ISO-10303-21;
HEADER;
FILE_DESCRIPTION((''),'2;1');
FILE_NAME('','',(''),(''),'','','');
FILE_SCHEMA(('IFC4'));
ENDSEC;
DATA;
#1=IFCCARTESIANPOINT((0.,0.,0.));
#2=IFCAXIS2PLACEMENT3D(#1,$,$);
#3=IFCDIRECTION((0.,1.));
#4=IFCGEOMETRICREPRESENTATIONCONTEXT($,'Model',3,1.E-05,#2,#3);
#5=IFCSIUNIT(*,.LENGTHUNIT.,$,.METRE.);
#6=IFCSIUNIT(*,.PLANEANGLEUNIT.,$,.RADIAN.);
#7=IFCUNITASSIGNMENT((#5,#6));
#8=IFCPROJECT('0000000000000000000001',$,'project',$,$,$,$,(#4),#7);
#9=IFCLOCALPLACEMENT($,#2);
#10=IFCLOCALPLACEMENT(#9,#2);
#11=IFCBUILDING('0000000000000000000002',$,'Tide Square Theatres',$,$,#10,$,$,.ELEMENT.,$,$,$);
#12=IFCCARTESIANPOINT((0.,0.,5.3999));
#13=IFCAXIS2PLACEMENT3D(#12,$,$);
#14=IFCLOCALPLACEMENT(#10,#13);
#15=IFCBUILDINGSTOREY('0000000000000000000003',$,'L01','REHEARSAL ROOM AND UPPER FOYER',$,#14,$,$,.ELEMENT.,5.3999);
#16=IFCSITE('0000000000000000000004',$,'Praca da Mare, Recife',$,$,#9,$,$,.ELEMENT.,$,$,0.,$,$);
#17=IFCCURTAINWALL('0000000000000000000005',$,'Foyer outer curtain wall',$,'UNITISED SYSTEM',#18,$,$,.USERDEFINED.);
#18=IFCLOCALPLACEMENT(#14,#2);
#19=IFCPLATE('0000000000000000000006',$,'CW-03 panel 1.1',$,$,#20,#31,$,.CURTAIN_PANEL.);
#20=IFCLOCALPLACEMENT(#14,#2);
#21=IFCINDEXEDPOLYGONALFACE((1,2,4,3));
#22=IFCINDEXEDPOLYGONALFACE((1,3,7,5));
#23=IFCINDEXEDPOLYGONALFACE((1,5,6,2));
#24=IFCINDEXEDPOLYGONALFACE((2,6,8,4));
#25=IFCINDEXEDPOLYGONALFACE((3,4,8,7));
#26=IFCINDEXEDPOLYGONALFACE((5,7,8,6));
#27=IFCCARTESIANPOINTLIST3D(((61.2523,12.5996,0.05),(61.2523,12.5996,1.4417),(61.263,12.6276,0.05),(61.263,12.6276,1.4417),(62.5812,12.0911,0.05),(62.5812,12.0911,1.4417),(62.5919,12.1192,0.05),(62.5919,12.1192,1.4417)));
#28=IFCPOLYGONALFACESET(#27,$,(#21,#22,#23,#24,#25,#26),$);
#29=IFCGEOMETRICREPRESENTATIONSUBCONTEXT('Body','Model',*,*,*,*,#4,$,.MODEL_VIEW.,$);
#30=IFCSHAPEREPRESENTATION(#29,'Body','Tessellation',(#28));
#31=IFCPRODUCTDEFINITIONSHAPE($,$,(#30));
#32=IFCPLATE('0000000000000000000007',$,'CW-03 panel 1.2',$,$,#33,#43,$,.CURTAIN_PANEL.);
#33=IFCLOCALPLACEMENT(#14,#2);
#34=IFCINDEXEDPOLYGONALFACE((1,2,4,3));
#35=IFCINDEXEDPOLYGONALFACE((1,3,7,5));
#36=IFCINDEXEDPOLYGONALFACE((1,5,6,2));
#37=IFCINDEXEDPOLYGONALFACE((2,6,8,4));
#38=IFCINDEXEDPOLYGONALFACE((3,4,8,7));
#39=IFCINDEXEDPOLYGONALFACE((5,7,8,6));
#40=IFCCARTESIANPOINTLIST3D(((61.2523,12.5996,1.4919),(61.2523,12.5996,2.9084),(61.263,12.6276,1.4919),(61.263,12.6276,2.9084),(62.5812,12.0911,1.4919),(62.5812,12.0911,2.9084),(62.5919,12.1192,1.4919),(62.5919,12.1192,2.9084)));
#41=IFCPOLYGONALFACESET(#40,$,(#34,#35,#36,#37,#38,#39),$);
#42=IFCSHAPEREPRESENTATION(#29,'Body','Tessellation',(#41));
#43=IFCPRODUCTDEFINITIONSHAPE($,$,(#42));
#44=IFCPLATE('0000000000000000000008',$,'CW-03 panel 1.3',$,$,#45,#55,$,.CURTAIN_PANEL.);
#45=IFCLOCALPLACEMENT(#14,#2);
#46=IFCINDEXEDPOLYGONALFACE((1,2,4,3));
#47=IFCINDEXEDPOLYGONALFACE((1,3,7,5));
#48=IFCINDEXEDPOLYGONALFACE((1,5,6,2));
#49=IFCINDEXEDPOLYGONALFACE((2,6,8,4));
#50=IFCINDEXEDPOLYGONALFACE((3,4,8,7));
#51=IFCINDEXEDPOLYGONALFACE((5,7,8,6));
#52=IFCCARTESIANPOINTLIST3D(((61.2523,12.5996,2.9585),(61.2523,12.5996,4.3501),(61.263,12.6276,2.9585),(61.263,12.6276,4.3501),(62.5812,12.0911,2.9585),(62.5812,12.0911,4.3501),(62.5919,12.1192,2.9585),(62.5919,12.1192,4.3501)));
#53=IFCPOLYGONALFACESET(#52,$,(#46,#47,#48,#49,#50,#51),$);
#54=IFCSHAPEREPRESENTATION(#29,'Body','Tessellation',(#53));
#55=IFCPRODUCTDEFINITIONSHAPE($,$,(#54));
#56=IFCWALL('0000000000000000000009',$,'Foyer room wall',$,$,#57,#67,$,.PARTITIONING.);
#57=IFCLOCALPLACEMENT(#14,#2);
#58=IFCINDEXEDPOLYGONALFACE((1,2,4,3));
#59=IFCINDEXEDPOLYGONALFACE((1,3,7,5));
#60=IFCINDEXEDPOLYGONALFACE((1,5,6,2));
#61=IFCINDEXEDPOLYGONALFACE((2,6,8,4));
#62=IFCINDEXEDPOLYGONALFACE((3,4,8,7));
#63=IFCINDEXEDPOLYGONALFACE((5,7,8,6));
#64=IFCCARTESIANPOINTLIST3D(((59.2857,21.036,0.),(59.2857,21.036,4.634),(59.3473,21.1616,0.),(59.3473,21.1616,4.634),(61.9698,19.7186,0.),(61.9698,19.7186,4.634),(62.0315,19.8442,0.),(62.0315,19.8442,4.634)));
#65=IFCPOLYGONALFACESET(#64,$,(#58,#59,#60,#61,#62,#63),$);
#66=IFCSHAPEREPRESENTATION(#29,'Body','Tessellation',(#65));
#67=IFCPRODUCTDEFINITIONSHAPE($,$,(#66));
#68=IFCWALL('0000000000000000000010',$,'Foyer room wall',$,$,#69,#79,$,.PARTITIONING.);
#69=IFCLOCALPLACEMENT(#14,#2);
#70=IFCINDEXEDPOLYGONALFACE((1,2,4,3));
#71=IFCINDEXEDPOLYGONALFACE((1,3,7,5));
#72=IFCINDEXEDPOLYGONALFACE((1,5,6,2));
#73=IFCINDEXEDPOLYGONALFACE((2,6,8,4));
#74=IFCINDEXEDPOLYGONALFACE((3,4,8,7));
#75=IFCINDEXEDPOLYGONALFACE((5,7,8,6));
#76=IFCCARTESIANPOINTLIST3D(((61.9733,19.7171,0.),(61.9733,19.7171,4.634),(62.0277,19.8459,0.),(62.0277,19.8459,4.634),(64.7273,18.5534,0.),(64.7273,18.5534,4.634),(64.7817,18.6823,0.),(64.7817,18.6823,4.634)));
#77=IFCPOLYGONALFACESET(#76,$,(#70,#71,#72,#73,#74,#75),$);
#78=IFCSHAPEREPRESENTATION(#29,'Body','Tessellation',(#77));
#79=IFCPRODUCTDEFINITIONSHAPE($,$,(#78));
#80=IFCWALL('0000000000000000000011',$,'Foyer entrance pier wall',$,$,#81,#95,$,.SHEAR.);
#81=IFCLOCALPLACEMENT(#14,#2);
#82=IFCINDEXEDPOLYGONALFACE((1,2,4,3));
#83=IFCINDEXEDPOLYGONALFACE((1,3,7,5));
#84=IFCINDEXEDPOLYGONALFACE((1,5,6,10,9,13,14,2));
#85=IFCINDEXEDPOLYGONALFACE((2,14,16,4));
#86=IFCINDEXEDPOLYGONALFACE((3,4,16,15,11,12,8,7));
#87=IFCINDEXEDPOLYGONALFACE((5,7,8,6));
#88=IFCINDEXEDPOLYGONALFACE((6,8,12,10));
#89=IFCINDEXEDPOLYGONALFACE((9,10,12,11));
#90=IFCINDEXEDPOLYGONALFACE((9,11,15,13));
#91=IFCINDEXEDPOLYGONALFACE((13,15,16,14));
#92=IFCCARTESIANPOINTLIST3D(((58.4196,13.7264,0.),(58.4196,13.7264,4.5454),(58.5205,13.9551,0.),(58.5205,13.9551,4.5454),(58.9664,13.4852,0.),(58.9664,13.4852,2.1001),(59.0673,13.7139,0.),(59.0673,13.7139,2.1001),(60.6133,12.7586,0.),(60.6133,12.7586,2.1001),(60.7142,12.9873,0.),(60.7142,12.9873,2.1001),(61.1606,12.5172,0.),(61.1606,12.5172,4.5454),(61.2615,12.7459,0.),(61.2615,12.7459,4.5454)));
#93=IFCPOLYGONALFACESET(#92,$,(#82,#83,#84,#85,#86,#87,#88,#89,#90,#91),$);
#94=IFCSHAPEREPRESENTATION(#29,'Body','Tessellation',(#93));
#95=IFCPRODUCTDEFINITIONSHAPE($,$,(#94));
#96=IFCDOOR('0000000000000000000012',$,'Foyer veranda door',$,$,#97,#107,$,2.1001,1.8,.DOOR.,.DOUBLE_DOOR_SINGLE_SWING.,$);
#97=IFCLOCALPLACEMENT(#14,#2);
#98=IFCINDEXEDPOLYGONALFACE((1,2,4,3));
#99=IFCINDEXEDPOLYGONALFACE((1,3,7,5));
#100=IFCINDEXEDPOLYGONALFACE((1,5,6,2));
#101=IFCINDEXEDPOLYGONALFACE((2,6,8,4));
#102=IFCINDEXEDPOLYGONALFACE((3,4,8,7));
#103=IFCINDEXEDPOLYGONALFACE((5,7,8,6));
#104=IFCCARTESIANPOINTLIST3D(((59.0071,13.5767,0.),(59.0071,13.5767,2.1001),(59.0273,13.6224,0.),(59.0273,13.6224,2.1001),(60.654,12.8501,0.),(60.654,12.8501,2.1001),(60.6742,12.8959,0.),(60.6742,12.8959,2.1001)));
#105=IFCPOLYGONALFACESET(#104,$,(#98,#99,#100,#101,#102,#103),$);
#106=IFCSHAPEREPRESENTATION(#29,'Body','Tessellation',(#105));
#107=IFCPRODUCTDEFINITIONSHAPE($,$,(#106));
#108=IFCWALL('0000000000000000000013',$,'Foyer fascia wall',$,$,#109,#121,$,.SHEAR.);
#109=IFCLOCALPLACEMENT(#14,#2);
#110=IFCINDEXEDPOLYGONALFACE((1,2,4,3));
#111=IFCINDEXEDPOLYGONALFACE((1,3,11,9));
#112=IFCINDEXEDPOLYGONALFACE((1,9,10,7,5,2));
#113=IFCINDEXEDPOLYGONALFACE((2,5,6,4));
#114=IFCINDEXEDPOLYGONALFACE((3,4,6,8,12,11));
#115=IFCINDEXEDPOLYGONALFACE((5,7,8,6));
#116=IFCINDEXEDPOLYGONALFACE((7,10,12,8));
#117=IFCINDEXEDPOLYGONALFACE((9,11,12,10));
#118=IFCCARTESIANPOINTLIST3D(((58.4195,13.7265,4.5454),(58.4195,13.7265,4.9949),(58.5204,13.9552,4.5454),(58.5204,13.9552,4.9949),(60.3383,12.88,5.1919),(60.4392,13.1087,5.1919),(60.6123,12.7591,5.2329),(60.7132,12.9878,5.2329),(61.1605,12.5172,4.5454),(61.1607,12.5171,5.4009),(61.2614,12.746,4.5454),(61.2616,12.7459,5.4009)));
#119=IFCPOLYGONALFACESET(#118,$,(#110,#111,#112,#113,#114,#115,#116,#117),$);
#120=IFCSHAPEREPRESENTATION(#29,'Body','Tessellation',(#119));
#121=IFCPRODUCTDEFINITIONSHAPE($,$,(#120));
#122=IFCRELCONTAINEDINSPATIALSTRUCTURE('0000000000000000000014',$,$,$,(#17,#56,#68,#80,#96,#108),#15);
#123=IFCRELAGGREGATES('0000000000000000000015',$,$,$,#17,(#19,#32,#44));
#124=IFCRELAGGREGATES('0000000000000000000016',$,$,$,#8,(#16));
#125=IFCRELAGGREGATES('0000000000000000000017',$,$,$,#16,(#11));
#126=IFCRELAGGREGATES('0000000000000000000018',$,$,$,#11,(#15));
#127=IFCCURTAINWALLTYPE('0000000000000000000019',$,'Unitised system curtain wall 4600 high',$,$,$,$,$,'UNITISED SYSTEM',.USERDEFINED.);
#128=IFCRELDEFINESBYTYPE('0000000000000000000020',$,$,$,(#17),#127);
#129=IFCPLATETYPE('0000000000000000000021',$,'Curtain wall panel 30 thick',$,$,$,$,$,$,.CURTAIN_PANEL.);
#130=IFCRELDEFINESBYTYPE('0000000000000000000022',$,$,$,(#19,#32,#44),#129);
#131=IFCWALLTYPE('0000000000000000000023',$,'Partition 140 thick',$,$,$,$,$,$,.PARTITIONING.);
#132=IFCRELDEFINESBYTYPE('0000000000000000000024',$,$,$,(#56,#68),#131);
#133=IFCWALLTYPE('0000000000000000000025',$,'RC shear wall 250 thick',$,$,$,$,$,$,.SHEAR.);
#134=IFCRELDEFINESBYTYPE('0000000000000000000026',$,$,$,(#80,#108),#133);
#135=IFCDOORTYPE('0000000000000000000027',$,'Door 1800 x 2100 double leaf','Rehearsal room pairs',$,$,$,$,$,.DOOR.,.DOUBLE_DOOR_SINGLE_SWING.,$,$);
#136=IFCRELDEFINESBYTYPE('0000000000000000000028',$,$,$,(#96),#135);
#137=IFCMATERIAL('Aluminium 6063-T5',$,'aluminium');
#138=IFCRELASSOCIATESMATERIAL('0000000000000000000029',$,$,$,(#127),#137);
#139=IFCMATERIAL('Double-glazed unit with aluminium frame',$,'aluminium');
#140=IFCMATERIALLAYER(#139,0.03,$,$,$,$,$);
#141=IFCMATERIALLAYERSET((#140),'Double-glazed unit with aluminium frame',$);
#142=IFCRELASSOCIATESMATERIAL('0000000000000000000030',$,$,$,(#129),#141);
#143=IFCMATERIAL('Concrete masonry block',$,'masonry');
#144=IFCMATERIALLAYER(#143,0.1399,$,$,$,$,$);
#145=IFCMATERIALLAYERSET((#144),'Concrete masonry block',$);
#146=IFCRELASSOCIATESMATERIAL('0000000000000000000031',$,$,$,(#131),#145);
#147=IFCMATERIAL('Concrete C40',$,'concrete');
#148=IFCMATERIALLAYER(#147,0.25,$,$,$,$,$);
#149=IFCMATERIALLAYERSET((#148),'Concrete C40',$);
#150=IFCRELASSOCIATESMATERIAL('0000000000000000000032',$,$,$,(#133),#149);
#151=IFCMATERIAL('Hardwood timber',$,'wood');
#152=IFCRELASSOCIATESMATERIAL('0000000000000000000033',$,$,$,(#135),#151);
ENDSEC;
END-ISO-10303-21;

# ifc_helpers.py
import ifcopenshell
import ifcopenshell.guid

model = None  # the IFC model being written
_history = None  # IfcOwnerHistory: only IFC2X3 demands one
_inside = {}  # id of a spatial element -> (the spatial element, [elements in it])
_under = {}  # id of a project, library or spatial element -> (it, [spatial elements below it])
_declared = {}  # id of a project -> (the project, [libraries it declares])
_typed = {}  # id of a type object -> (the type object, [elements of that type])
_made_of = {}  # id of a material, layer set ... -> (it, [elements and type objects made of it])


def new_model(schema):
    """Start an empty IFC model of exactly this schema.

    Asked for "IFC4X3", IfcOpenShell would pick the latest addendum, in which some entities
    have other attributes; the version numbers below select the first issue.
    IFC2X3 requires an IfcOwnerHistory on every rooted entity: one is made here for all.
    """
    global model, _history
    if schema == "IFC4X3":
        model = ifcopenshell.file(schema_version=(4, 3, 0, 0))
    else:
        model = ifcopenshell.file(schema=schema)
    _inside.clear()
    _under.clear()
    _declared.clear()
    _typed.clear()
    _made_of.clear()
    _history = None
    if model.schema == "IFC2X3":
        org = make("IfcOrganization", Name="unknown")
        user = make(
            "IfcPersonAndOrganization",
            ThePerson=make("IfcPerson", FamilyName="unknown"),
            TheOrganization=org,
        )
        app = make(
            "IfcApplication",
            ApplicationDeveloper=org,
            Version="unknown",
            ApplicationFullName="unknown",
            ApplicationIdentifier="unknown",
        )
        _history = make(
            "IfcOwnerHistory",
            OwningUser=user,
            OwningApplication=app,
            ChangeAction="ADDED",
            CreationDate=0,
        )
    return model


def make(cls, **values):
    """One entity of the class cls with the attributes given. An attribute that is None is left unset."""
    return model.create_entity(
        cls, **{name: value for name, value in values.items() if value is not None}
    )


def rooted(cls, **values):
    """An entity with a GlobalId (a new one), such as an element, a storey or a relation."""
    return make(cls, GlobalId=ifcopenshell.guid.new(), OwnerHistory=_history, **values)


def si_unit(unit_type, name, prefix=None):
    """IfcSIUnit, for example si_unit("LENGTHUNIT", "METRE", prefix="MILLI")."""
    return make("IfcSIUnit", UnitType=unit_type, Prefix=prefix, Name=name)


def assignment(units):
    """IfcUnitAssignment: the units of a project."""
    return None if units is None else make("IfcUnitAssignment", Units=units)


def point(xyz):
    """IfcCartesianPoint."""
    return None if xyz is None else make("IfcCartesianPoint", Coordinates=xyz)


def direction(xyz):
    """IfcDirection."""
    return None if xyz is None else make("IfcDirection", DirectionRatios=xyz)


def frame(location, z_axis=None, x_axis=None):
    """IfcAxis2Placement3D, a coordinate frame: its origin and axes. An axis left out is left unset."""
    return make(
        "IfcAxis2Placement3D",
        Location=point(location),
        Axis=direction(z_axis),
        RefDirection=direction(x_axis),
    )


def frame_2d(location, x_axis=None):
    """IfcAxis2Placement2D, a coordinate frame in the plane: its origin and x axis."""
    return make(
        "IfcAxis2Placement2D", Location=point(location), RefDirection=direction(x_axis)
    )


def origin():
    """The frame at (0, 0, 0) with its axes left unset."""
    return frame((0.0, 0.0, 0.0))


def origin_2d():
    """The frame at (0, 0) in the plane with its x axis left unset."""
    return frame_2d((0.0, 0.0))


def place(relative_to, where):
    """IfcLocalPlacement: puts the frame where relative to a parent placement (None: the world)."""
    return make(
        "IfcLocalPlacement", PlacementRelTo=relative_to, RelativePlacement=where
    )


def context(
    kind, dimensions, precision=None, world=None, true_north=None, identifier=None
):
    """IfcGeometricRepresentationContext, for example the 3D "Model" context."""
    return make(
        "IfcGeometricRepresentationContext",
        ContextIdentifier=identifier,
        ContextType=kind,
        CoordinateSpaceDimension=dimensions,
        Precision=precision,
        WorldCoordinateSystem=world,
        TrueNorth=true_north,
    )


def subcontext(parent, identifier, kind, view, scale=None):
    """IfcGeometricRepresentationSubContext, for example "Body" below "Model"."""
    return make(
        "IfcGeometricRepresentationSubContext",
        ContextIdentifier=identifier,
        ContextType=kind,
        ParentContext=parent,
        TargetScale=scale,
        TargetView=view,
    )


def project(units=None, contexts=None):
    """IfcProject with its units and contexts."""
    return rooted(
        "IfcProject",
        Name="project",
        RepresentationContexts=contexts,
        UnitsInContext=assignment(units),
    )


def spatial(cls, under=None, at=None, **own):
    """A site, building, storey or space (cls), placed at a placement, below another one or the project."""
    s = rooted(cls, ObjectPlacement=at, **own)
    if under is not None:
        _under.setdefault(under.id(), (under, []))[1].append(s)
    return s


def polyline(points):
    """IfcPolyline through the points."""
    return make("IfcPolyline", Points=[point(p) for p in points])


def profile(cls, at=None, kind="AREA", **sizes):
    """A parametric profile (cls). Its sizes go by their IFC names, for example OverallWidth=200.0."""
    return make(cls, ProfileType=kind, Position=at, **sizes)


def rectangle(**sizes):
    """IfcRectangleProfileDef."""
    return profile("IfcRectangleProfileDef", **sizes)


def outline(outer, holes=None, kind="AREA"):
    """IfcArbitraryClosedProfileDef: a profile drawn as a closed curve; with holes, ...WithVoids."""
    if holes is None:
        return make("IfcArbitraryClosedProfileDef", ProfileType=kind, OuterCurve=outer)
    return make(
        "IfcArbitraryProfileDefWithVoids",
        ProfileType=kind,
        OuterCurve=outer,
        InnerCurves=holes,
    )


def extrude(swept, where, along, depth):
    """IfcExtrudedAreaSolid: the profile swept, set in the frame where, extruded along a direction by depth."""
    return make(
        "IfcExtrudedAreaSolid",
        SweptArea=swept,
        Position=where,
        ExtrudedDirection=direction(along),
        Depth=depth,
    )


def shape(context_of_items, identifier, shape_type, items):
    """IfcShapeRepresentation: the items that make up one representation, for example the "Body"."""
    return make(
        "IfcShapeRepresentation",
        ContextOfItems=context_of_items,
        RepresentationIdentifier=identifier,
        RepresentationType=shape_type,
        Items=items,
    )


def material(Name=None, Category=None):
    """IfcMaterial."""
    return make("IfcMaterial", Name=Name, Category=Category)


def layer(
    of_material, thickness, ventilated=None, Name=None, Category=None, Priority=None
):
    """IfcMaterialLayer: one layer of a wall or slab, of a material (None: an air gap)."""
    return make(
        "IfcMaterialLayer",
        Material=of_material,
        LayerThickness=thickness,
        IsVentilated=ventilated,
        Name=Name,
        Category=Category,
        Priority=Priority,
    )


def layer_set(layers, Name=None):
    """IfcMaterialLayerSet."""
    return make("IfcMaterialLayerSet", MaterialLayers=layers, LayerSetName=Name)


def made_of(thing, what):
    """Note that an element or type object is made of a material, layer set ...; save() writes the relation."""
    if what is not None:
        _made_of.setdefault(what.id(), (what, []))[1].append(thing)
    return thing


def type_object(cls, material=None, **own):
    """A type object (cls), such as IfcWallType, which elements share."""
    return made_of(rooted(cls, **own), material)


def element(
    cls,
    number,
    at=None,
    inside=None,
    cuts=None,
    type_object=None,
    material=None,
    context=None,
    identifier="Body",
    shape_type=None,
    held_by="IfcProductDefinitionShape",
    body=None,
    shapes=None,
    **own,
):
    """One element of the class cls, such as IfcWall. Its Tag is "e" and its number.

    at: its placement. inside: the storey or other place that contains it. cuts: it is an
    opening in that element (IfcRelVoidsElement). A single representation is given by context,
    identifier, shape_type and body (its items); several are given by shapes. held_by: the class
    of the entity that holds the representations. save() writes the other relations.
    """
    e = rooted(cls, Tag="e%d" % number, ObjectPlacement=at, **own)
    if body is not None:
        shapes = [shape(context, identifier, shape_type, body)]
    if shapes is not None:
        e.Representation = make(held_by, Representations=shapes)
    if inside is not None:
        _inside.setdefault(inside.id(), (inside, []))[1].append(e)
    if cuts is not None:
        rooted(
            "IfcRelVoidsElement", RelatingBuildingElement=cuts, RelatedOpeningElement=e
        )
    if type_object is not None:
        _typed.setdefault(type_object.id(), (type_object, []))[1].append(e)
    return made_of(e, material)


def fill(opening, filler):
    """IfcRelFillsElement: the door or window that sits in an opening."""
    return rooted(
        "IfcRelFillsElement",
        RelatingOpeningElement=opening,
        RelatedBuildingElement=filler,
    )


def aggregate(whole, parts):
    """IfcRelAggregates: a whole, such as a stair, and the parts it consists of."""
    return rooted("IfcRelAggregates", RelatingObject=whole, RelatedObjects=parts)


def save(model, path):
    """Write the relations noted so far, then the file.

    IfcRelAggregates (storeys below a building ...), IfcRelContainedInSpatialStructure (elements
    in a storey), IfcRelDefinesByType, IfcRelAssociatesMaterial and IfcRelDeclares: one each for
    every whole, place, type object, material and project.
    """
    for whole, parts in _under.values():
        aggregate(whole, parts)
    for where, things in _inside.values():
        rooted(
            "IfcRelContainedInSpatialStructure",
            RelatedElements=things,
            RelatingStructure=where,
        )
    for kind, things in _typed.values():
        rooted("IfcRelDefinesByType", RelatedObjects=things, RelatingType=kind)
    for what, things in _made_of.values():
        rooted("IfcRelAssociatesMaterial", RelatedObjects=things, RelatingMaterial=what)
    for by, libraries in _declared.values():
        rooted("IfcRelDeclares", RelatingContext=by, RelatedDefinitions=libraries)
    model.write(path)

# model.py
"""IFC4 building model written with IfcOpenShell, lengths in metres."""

from ifc_helpers import new_model, si_unit, direction, frame, frame_2d, origin, origin_2d, place, context, subcontext, project, spatial, polyline, rectangle, outline, extrude, material, layer, layer_set, type_object, element, fill, aggregate, save


model = new_model("IFC4")

# Units and contexts
model_context = context("Model", 3, precision=1e-05, world=origin(), true_north=direction((0.0, 1.0)))
body_context = subcontext(model_context, "Body", "Model", "MODEL_VIEW")
ifc_project = project(units=[si_unit("LENGTHUNIT", "METRE"), si_unit("PLANEANGLEUNIT", "RADIAN")], contexts=[model_context])

# Site, building, storey
site_placement = place(None, origin())
site = spatial("IfcSite", under=ifc_project, at=site_placement, Name="Praca da Mare, Recife", CompositionType="ELEMENT", RefElevation=0.0)
building_placement = place(site_placement, origin())
building = spatial("IfcBuilding", under=site, at=building_placement, Name="Tide Square Theatres", CompositionType="ELEMENT")
storey_placement = place(building_placement, frame((0.0, 0.0, 5.3999)))
storey = spatial("IfcBuildingStorey", under=building, at=storey_placement, Name="L01", Description="REHEARSAL ROOM AND UPPER FOYER", CompositionType="ELEMENT", Elevation=5.3999)

# Curtain wall
ifc_material_1 = material(Name="Aluminium 6063-T5", Category="aluminium")
curtain_wall_type_1 = type_object("IfcCurtainWallType", Name="Unitised system curtain wall 4600 high", ElementType="UNITISED SYSTEM", PredefinedType="USERDEFINED", material=ifc_material_1)
curtain_wall_1_placement = place(storey_placement, origin())
curtain_wall_1 = element("IfcCurtainWall", 1, at=curtain_wall_1_placement, inside=storey, type_object=curtain_wall_type_1, Name="Foyer outer curtain wall", ObjectType="UNITISED SYSTEM", PredefinedType="USERDEFINED")

# Plates
ifc_material_2 = material(Name="Double-glazed unit with aluminium frame", Category="aluminium")
ifc_layer_1 = layer(ifc_material_2, 0.03)
ifc_layer_set_1 = layer_set([ifc_layer_1], Name="Double-glazed unit with aluminium frame")
plate_type = type_object("IfcPlateType", Name="Curtain wall panel 30 thick", PredefinedType="CURTAIN_PANEL", material=ifc_layer_set_1)
plate_1_placement = place(storey_placement, frame((61.9221, 12.3594, 0.05), z_axis=(0.0, 0.0, 1.0), x_axis=(0.93397, -0.357352, 0.0)))
plate_1 = element("IfcPlate", 2, at=plate_1_placement, type_object=plate_type, Name="CW-03 panel 1.1", PredefinedType="CURTAIN_PANEL", context=body_context, shape_type="SweptSolid", body=[
    extrude(rectangle(XDim=1.4229, YDim=0.03, at=origin_2d()), origin(), (0.0, 0.0, 1.0), 1.3916),
])
plate_2_placement = place(storey_placement, frame((61.9221, 12.3594, 1.4919), z_axis=(0.0, 0.0, 1.0), x_axis=(0.93397, -0.357352, 0.0)))
plate_2 = element("IfcPlate", 3, at=plate_2_placement, type_object=plate_type, Name="CW-03 panel 1.2", PredefinedType="CURTAIN_PANEL", context=body_context, shape_type="SweptSolid", body=[
    extrude(rectangle(XDim=1.4229, YDim=0.03, at=origin_2d()), origin(), (0.0, 0.0, 1.0), 1.4165),
])
plate_3_placement = place(storey_placement, frame((61.9221, 12.3594, 2.9585), z_axis=(0.0, 0.0, 1.0), x_axis=(0.93397, -0.357352, 0.0)))
plate_3 = element("IfcPlate", 4, at=plate_3_placement, type_object=plate_type, Name="CW-03 panel 1.3", PredefinedType="CURTAIN_PANEL", context=body_context, shape_type="SweptSolid", body=[
    extrude(rectangle(XDim=1.4229, YDim=0.03, at=origin_2d()), origin(), (0.0, 0.0, 1.0), 1.3916),
])
aggregate(curtain_wall_1, [plate_1, plate_2, plate_3])

# Walls
ifc_material_3 = material(Name="Concrete masonry block", Category="masonry")
ifc_layer_2 = layer(ifc_material_3, 0.1399)
ifc_layer_set_2 = layer_set([ifc_layer_2], Name="Concrete masonry block")
wall_type_1 = type_object("IfcWallType", Name="Partition 140 thick", PredefinedType="PARTITIONING", material=ifc_layer_set_2)
wall_1_placement = place(storey_placement, frame((59.3164, 21.0989, 0.0), z_axis=(0.0, 0.0, 1.0), x_axis=(0.897702, -0.440604, 0.0)))
element("IfcWall", 5, at=wall_1_placement, inside=storey, type_object=wall_type_1, Name="Foyer room wall", PredefinedType="PARTITIONING", context=body_context, shape_type="SweptSolid", body=[
    extrude(rectangle(XDim=2.99, YDim=0.1399, at=frame_2d((1.4951, 0.0))), origin(), (0.0, 0.0, 1.0), 4.634),
])
wall_2_placement = place(storey_placement, frame((62.0005, 19.7815, 0.0), z_axis=(0.0, 0.0, 1.0), x_axis=(0.921152, -0.389203, 0.0)))
element("IfcWall", 6, at=wall_2_placement, inside=storey, type_object=wall_type_1, Name="Foyer room wall", PredefinedType="PARTITIONING", context=body_context, shape_type="SweptSolid", body=[
    extrude(rectangle(XDim=2.9897, YDim=0.1399, at=frame_2d((1.4949, 0.0))), origin(), (0.0, 0.0, 1.0), 4.634),
])

# Wall, opening, door
ifc_material_4 = material(Name="Concrete C40", Category="concrete")
ifc_layer_3 = layer(ifc_material_4, 0.25)
ifc_layer_set_3 = layer_set([ifc_layer_3], Name="Concrete C40")
wall_type_2 = type_object("IfcWallType", Name="RC shear wall 250 thick", PredefinedType="SHEAR", material=ifc_layer_set_3)
wall_3_placement = place(storey_placement, frame((58.47, 13.8408, 0.0), z_axis=(0.0, 0.0, 1.0), x_axis=(0.91492, -0.403634, 0.0)))
wall_3 = element("IfcWall", 7, at=wall_3_placement, inside=storey, type_object=wall_type_2, Name="Foyer entrance pier wall", PredefinedType="SHEAR", context=body_context, shape_type="SweptSolid", body=[
    extrude(rectangle(XDim=2.9958, YDim=0.25, at=frame_2d((1.498, 0.0))), origin(), (0.0, 0.0, 1.0), 4.5454),
])
opening_placement = place(wall_3_placement, frame((0.5979, 0.0, 0.0)))
opening = element("IfcOpeningElement", 8, at=opening_placement, cuts=wall_3, PredefinedType="OPENING", context=body_context, shape_type="SweptSolid", body=[
    extrude(rectangle(XDim=1.8, YDim=2.1001, at=frame_2d((0.8999, 1.05))), frame((0.0, 0.135, 0.0), z_axis=(0.0, -1.0, 0.0), x_axis=(1.0, 0.0, 0.0)), (0.0, 0.0, 1.0), 0.27),
])
ifc_material_5 = material(Name="Hardwood timber", Category="wood")
door_type = type_object("IfcDoorType", Name="Door 1800 x 2100 double leaf", Description="Rehearsal room pairs", OperationType="DOUBLE_DOOR_SINGLE_SWING", PredefinedType="DOOR", material=ifc_material_5)
door_placement = place(opening_placement, frame((1.8, 0.0, 0.0), z_axis=(0.0, 0.0, 1.0), x_axis=(-1.0, 0.0, 0.0)))
door = element("IfcDoor", 9, at=door_placement, inside=storey, type_object=door_type, Name="Foyer veranda door", OperationType="DOUBLE_DOOR_SINGLE_SWING", OverallHeight=2.1001, OverallWidth=1.8, PredefinedType="DOOR", context=body_context, shape_type="SweptSolid", body=[
    extrude(rectangle(XDim=1.8, YDim=2.1001, at=frame_2d((0.8999, 1.05))), frame((0.0, 0.0249, 0.0), z_axis=(0.0, -1.0, 0.0), x_axis=(1.0, 0.0, 0.0)), (0.0, 0.0, 1.0), 0.05),
])
fill(opening, door)

# Wall
wall_4_placement = place(storey_placement, frame((58.47, 13.8408, 4.5454), z_axis=(0.0, 0.0, 1.0), x_axis=(0.91492, -0.403634, 0.0)))
element("IfcWall", 10, at=wall_4_placement, inside=storey, type_object=wall_type_2, Name="Foyer fascia wall", PredefinedType="SHEAR", context=body_context, shape_type="SweptSolid", body=[
    extrude(outline(polyline([(0.0, 0.0), (2.9958, 0.0), (2.9961, 0.8555), (2.3967, 0.6875), (2.0972, 0.6465), (0.0, 0.4495), (0.0, 0.0)])), frame((0.0, 0.125, 0.0), z_axis=(0.0, -1.0, 0.0), x_axis=(1.0, 0.0, 0.0)), (0.0, 0.0, 1.0), 0.25),
])

save(model, "model.ifc")
